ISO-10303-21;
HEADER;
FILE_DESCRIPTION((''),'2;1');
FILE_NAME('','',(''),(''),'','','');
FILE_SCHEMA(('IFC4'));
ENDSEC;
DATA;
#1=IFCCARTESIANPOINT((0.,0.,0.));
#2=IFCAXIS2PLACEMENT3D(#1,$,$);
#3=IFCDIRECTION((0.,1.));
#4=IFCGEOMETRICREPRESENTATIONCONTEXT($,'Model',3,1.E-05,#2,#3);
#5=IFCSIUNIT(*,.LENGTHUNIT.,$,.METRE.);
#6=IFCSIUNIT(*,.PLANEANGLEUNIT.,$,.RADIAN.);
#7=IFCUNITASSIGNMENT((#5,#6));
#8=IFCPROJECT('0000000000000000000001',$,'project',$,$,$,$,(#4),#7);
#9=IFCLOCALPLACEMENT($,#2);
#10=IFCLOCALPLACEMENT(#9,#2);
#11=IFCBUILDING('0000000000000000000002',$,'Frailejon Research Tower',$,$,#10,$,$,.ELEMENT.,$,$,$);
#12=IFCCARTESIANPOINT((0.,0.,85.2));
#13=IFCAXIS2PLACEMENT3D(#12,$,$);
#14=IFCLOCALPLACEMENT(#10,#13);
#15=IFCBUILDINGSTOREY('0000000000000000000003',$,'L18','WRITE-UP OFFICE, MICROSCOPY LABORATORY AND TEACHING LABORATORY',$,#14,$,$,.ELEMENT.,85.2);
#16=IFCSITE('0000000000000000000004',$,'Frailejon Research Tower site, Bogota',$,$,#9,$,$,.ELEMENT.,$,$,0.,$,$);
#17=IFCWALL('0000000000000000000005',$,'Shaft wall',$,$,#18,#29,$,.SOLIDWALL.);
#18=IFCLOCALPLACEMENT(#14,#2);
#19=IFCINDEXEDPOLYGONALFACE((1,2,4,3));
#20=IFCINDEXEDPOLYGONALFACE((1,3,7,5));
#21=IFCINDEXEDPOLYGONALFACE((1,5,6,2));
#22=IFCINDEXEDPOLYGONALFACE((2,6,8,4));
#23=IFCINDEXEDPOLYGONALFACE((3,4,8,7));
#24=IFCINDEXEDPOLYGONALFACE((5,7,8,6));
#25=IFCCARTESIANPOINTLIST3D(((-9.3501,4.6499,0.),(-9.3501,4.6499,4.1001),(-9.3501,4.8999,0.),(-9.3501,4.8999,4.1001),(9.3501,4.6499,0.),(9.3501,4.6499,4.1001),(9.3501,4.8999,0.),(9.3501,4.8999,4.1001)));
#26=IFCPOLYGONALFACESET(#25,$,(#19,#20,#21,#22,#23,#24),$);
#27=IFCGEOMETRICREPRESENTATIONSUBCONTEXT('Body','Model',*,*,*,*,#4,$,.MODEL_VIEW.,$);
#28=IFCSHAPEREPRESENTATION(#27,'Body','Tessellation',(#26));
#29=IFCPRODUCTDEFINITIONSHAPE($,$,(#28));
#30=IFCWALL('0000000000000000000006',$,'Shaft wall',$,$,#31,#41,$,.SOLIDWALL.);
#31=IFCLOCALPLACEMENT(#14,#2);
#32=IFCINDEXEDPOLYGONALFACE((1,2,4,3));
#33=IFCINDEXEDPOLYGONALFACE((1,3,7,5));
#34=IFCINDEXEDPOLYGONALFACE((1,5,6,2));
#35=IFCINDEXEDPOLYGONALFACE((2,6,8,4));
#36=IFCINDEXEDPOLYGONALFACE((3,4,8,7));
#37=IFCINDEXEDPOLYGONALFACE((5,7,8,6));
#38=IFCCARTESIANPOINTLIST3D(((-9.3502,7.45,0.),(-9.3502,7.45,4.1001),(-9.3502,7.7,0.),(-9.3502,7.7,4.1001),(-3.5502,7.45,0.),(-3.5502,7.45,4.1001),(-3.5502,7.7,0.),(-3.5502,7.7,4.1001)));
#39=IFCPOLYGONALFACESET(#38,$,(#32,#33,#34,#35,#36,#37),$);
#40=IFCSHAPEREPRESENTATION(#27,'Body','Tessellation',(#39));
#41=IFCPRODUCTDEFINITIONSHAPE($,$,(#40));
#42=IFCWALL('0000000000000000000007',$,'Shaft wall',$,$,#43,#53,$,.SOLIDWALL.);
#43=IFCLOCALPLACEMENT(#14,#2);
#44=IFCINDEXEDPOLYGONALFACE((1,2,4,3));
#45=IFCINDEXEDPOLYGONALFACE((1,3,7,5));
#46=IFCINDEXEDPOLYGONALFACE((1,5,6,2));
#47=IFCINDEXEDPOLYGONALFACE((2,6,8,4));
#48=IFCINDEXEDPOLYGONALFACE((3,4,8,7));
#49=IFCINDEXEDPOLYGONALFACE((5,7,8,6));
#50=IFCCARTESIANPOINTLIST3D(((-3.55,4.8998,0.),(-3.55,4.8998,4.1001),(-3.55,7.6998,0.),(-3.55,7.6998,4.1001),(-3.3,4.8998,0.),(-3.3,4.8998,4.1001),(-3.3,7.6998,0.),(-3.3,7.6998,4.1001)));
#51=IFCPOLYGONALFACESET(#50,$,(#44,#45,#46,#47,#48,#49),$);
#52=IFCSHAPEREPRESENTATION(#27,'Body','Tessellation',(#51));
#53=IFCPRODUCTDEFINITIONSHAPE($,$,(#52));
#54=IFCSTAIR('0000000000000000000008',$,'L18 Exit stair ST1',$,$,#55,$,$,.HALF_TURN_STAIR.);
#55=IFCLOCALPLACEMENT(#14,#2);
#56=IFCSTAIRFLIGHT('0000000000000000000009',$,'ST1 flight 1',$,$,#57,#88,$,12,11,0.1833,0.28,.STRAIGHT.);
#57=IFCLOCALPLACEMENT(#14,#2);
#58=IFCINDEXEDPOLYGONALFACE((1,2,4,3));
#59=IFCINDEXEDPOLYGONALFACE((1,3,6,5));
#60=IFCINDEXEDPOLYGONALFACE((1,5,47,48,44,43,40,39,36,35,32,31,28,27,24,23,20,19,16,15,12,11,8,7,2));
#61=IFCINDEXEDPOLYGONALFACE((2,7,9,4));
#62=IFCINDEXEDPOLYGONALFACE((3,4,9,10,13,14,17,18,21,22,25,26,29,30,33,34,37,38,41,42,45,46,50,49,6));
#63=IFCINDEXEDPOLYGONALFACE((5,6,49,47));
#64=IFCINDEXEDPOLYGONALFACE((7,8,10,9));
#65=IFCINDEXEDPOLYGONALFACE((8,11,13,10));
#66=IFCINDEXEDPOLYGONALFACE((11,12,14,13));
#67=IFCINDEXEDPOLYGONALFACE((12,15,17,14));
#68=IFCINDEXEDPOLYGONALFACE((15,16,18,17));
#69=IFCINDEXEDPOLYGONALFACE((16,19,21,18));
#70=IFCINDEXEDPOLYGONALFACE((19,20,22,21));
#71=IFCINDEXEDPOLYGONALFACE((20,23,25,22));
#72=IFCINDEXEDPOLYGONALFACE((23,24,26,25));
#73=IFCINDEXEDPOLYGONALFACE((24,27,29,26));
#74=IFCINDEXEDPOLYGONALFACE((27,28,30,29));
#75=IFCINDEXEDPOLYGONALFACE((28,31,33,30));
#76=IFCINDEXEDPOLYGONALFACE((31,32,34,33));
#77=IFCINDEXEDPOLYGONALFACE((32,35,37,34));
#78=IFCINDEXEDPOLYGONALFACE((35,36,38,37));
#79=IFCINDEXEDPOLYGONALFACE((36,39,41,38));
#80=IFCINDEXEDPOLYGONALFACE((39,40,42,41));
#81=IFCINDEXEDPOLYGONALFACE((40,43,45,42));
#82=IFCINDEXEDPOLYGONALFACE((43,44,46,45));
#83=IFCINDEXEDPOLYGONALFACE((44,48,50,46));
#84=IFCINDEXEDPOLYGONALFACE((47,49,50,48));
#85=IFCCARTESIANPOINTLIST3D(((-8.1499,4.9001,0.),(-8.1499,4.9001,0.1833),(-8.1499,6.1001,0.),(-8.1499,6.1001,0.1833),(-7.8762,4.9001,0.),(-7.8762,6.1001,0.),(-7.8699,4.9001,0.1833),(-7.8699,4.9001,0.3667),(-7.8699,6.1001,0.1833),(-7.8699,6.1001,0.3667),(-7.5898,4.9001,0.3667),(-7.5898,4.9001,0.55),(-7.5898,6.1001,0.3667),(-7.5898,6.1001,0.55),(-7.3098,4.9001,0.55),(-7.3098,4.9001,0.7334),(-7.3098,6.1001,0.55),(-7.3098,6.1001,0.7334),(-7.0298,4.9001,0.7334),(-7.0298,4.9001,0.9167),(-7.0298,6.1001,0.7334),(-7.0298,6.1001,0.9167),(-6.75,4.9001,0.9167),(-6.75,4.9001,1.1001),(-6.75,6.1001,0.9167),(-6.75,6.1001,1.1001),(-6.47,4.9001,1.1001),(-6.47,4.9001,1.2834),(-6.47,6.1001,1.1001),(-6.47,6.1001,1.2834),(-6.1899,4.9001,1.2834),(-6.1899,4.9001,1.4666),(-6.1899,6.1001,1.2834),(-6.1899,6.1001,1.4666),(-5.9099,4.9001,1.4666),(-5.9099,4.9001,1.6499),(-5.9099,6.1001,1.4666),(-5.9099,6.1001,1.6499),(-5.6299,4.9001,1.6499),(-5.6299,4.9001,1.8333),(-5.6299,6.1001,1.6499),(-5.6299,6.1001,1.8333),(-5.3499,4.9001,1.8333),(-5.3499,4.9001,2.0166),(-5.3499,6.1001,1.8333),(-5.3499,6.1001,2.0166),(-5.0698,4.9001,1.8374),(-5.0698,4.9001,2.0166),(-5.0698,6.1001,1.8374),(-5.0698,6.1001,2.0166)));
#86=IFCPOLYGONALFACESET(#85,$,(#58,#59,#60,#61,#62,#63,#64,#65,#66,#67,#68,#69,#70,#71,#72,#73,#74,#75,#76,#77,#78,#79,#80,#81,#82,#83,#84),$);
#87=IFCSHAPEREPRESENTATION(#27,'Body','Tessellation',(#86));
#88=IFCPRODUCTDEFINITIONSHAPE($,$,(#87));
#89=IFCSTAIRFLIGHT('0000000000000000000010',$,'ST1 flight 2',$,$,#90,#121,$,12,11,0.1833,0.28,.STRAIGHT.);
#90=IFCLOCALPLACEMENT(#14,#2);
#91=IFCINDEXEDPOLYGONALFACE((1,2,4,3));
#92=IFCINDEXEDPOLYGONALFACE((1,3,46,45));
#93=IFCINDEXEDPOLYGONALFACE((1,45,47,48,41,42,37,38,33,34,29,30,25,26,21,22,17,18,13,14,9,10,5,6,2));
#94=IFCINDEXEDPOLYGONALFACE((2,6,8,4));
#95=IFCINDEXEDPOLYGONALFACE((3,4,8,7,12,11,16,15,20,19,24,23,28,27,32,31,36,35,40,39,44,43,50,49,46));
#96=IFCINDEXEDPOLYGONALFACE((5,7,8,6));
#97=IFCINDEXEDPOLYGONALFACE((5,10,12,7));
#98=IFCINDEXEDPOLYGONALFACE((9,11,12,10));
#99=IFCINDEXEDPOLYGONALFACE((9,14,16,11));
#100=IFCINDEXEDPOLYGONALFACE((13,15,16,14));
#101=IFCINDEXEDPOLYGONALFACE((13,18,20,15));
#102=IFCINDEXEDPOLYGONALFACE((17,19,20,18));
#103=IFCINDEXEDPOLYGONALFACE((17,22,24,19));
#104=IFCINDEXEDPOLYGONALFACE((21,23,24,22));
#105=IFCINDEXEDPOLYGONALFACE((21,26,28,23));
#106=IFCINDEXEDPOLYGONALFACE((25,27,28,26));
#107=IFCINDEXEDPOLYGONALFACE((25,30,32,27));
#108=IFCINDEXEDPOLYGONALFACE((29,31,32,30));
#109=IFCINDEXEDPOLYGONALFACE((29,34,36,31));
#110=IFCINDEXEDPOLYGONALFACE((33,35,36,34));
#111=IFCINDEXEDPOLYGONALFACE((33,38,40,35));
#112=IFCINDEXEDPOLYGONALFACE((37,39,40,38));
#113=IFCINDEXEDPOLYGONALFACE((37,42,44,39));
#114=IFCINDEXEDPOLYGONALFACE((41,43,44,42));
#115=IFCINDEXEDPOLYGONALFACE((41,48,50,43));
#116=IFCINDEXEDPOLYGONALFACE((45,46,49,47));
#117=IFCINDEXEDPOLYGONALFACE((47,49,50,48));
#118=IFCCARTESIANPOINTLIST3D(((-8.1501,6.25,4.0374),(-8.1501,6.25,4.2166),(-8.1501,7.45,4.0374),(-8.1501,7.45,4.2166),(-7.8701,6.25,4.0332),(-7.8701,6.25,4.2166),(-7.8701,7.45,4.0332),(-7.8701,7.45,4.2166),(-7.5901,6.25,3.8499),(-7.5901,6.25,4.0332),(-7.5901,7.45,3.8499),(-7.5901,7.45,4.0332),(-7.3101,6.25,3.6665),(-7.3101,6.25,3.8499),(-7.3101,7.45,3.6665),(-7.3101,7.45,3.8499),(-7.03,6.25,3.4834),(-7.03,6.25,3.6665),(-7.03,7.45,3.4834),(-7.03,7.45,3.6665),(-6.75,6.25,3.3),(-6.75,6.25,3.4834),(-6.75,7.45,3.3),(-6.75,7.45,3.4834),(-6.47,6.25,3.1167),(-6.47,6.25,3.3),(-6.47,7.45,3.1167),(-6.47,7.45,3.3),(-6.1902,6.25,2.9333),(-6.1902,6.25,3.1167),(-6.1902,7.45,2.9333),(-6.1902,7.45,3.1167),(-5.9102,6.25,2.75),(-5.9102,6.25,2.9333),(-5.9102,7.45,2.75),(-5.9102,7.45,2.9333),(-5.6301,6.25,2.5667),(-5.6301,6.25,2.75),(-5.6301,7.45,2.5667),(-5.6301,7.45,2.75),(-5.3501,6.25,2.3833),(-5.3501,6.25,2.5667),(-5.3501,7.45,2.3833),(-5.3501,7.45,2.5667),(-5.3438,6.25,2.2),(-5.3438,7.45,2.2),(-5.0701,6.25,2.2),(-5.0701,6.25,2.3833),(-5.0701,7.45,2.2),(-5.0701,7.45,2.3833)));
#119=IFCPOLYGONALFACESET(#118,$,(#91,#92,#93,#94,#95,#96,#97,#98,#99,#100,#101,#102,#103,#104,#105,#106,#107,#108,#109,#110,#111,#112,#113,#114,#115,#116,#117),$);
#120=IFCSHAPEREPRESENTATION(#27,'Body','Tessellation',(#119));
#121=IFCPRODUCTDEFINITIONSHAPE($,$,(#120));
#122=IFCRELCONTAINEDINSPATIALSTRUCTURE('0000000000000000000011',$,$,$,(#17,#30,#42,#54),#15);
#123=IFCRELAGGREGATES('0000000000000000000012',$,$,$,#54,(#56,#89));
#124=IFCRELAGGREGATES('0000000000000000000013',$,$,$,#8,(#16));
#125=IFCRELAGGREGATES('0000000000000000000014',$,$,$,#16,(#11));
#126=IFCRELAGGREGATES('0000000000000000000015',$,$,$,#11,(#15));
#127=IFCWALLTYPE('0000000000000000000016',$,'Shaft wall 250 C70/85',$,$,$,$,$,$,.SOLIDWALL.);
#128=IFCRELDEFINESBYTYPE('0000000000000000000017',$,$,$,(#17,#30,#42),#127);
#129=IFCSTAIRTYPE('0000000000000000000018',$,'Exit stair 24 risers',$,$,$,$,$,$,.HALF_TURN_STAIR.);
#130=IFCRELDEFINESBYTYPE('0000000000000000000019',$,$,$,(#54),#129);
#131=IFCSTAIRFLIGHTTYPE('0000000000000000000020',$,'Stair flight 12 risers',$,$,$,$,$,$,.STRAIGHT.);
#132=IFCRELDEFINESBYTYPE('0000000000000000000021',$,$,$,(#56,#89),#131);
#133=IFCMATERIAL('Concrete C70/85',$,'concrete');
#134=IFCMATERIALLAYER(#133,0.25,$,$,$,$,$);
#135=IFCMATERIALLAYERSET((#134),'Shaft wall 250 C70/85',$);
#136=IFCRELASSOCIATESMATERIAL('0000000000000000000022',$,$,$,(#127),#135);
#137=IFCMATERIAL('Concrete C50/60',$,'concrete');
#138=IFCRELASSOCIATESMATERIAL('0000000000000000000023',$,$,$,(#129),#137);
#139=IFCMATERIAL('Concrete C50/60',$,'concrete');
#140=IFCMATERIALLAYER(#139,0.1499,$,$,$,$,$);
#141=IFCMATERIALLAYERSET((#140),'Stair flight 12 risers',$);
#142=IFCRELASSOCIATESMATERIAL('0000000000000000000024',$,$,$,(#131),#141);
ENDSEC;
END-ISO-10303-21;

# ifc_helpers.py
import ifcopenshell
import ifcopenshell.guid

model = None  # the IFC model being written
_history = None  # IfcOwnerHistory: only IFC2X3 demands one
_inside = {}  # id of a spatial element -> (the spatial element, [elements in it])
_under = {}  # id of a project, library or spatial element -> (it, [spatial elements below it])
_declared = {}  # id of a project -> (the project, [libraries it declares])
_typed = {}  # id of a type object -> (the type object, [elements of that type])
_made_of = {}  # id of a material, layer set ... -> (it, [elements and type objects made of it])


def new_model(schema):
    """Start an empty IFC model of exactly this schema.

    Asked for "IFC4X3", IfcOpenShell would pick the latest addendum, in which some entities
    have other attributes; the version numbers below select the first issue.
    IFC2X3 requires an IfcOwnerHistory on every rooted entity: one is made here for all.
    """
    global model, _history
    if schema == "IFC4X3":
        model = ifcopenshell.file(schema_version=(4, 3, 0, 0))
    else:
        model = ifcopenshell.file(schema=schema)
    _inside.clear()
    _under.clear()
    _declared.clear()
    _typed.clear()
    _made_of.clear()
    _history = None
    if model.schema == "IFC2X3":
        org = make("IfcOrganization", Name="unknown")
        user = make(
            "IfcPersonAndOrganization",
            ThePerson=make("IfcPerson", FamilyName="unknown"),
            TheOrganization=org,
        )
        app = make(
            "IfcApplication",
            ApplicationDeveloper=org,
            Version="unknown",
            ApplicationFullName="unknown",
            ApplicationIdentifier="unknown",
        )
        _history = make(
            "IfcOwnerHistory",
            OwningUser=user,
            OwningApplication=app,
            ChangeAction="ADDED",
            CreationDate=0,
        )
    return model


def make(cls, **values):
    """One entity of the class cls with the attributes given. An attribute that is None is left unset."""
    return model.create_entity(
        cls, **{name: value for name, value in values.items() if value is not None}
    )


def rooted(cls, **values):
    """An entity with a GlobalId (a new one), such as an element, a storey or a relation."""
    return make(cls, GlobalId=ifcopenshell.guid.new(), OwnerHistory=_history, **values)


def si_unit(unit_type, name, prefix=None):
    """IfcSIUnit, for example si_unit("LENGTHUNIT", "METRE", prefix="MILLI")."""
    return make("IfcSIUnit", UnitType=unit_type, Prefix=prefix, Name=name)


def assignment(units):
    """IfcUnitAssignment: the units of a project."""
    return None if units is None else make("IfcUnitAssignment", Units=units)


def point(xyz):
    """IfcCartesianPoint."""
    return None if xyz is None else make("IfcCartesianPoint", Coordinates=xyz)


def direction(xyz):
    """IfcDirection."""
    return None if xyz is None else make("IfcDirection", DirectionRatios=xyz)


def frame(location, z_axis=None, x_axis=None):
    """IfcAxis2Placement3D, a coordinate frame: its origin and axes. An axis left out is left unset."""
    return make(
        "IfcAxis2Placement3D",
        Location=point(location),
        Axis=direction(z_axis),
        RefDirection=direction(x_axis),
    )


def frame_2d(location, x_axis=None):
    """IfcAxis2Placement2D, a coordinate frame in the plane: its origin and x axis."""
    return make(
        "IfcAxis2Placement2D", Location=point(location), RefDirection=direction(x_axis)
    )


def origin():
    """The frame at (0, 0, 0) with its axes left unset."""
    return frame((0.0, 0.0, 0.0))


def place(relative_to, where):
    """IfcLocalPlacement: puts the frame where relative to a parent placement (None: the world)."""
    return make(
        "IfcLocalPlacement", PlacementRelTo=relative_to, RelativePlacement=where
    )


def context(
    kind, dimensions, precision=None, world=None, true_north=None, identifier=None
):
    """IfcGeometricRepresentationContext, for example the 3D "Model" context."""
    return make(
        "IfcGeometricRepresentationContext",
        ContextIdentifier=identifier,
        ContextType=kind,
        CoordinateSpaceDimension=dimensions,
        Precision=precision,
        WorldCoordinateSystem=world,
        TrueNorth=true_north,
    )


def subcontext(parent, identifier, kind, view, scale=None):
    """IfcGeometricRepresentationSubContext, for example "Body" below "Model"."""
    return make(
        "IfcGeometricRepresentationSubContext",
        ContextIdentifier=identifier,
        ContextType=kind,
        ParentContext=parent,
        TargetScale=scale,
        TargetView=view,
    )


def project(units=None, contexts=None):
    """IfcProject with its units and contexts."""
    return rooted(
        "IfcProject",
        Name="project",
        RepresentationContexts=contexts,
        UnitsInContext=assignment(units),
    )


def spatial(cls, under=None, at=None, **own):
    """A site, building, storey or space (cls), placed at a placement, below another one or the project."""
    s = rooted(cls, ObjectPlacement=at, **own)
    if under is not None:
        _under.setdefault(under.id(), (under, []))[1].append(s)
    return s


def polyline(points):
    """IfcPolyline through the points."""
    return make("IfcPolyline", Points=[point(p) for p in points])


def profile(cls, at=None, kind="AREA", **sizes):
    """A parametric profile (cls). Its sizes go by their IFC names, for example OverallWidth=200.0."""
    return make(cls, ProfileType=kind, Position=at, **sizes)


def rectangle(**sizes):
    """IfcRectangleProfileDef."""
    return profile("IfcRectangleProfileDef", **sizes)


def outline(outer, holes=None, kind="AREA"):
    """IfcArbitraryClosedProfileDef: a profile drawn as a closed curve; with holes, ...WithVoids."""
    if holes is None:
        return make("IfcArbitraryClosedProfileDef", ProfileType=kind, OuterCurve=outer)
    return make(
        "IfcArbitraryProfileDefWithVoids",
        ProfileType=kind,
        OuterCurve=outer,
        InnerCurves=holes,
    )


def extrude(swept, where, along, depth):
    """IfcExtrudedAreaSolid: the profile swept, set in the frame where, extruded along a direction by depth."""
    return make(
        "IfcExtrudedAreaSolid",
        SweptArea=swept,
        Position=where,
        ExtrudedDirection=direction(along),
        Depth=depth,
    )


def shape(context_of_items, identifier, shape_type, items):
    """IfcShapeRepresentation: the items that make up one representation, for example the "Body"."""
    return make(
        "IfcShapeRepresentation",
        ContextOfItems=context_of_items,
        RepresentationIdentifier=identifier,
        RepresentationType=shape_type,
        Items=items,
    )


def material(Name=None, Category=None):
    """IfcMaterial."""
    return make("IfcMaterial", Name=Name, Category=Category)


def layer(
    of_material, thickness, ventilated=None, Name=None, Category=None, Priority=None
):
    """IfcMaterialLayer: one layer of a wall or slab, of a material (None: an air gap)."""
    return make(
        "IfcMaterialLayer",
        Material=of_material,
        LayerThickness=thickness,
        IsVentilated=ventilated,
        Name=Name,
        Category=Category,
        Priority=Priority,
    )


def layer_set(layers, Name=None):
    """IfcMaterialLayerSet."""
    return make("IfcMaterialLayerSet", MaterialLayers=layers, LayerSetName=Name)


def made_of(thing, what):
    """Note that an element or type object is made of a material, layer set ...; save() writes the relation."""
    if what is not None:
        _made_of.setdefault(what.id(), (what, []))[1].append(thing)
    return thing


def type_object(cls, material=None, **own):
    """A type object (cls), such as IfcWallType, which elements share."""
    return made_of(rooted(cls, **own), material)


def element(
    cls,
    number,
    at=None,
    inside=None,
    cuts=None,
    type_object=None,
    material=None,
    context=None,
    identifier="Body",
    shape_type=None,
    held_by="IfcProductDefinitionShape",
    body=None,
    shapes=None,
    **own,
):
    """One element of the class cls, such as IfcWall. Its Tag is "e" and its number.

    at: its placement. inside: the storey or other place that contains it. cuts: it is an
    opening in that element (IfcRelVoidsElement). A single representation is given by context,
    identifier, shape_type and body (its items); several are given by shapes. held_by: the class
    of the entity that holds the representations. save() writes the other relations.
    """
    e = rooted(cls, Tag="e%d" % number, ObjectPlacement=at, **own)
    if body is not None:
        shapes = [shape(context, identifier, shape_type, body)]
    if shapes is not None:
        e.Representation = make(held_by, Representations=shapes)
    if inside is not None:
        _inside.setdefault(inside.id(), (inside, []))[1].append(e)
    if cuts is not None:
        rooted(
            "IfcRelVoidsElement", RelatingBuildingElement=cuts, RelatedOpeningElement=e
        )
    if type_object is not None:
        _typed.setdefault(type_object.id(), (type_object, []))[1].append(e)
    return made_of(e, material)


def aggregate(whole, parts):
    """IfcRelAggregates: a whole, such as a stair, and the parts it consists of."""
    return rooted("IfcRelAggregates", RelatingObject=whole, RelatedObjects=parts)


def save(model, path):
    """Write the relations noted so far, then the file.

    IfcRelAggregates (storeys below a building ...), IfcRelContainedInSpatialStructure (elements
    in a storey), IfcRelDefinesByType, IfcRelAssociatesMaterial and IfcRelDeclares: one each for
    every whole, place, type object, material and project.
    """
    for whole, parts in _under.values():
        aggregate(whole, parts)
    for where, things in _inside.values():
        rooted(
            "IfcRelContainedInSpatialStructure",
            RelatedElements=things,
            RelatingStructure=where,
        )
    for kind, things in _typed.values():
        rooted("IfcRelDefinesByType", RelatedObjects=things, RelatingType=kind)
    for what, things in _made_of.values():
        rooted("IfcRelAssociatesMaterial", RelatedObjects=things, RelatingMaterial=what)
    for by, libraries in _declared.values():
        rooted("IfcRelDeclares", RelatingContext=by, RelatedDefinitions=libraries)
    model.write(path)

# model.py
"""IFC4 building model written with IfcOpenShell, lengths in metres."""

from ifc_helpers import new_model, si_unit, direction, frame, frame_2d, origin, place, context, subcontext, project, spatial, polyline, rectangle, outline, extrude, material, layer, layer_set, type_object, element, aggregate, save


model = new_model("IFC4")

# Units and contexts
model_context = context("Model", 3, precision=1e-05, world=origin(), true_north=direction((0.0, 1.0)))
body_context = subcontext(model_context, "Body", "Model", "MODEL_VIEW")
ifc_project = project(units=[si_unit("LENGTHUNIT", "METRE"), si_unit("PLANEANGLEUNIT", "RADIAN")], contexts=[model_context])

# Site, building, storey
site_placement = place(None, origin())
site = spatial("IfcSite", under=ifc_project, at=site_placement, Name="Frailejon Research Tower site, Bogota", CompositionType="ELEMENT", RefElevation=0.0)
building_placement = place(site_placement, origin())
building = spatial("IfcBuilding", under=site, at=building_placement, Name="Frailejon Research Tower", CompositionType="ELEMENT")
storey_placement = place(building_placement, frame((0.0, 0.0, 85.2)))
storey = spatial("IfcBuildingStorey", under=building, at=storey_placement, Name="L18", Description="WRITE-UP OFFICE, MICROSCOPY LABORATORY AND TEACHING LABORATORY", CompositionType="ELEMENT", Elevation=85.2)

# Shared definitions
ifc_material_1 = material(Name="Concrete C70/85", Category="concrete")
ifc_layer_1 = layer(ifc_material_1, 0.25)
ifc_layer_set_1 = layer_set([ifc_layer_1], Name="Shaft wall 250 C70/85")
wall_type_1 = type_object("IfcWallType", Name="Shaft wall 250 C70/85", PredefinedType="SOLIDWALL", material=ifc_layer_set_1)

# Walls
wall_1_placement = place(storey_placement, frame((-9.3501, 4.7749, 0.0), z_axis=(0.0, 0.0, 1.0), x_axis=(1.0, 0.0, 0.0)))
element("IfcWall", 1, at=wall_1_placement, inside=storey, type_object=wall_type_1, Name="Shaft wall", PredefinedType="SOLIDWALL", context=body_context, shape_type="SweptSolid", body=[
    extrude(rectangle(XDim=18.7002, YDim=0.25, at=frame_2d((9.3501, 0.0))), origin(), (0.0, 0.0, 1.0), 4.1001),
])
wall_2_placement = place(storey_placement, frame((-9.3501, 7.575, 0.0), z_axis=(0.0, 0.0, 1.0), x_axis=(1.0, 0.0, 0.0)))
element("IfcWall", 2, at=wall_2_placement, inside=storey, type_object=wall_type_1, Name="Shaft wall", PredefinedType="SOLIDWALL", context=body_context, shape_type="SweptSolid", body=[
    extrude(rectangle(XDim=5.8, YDim=0.25, at=frame_2d((2.8999, 0.0))), origin(), (0.0, 0.0, 1.0), 4.1001),
])
wall_3_placement = place(storey_placement, frame((-3.425, 4.8999, 0.0), z_axis=(0.0, 0.0, 1.0), x_axis=(0.0, 1.0, 0.0)))
element("IfcWall", 3, at=wall_3_placement, inside=storey, type_object=wall_type_1, Name="Shaft wall", PredefinedType="SOLIDWALL", context=body_context, shape_type="SweptSolid", body=[
    extrude(rectangle(XDim=2.8, YDim=0.25, at=frame_2d((1.3999, 0.0))), origin(), (0.0, 0.0, 1.0), 4.1001),
])

# Stair, stair flights
ifc_material_2 = material(Name="Concrete C50/60", Category="concrete")
stair_type = type_object("IfcStairType", Name="Exit stair 24 risers", PredefinedType="HALF_TURN_STAIR", material=ifc_material_2)
stair_placement = place(storey_placement, origin())
stair = element("IfcStair", 4, at=stair_placement, inside=storey, type_object=stair_type, Name="L18 Exit stair ST1", PredefinedType="HALF_TURN_STAIR")
ifc_material_3 = material(Name="Concrete C50/60", Category="concrete")
ifc_layer_2 = layer(ifc_material_3, 0.1499)
ifc_layer_set_2 = layer_set([ifc_layer_2], Name="Stair flight 12 risers")
stair_flight_type = type_object("IfcStairFlightType", Name="Stair flight 12 risers", PredefinedType="STRAIGHT", material=ifc_layer_set_2)
stair_flight_1_placement = place(storey_placement, frame((-8.1499, 5.5, 0.0), z_axis=(0.0, 0.0, 1.0), x_axis=(1.0, 0.0, 0.0)))
stair_flight_1 = element("IfcStairFlight", 5, at=stair_flight_1_placement, type_object=stair_flight_type, Name="ST1 flight 1", NumberOfRisers=12, NumberOfTreads=11, PredefinedType="STRAIGHT", RiserHeight=0.1833, TreadLength=0.28, context=body_context, shape_type="SweptSolid", body=[
    extrude(outline(polyline([(0.0, 0.0), (0.0, 0.1833), (0.28, 0.1833), (0.28, 0.3667), (0.5601, 0.3667), (0.5601, 0.55), (0.8401, 0.55), (0.8401, 0.7334), (1.1201, 0.7334), (1.1201, 0.9167), (1.3999, 0.9167), (1.3999, 1.1001), (1.6799, 1.1001), (1.6799, 1.2834), (1.96, 1.2834), (1.96, 1.4666), (2.24, 1.4666), (2.24, 1.6499), (2.52, 1.6499), (2.52, 1.8333), (2.8, 1.8333), (2.8, 2.0166), (3.0801, 2.0166), (3.0801, 2.2), (3.0801, 1.8374), (0.2737, 0.0), (0.0, 0.0)])), frame((0.0, 0.6001, 0.0), z_axis=(0.0, -1.0, 0.0), x_axis=(1.0, 0.0, 0.0)), (0.0, 0.0, 1.0), 1.2),
])
stair_flight_2_placement = place(storey_placement, frame((-5.0701, 6.8501, 2.2), z_axis=(0.0, 0.0, 1.0), x_axis=(-1.0, 0.0, 0.0)))
stair_flight_2 = element("IfcStairFlight", 6, at=stair_flight_2_placement, type_object=stair_flight_type, Name="ST1 flight 2", NumberOfRisers=12, NumberOfTreads=11, PredefinedType="STRAIGHT", RiserHeight=0.1833, TreadLength=0.28, context=body_context, shape_type="SweptSolid", body=[
    extrude(outline(polyline([(0.0, 0.0), (0.0, 0.1833), (0.28, 0.1833), (0.28, 0.3667), (0.5601, 0.3667), (0.5601, 0.55), (0.8401, 0.55), (0.8401, 0.7334), (1.1201, 0.7334), (1.1201, 0.9167), (1.3999, 0.9167), (1.3999, 1.1001), (1.6799, 1.1001), (1.6799, 1.2834), (1.96, 1.2834), (1.96, 1.4666), (2.24, 1.4666), (2.24, 1.6499), (2.52, 1.6499), (2.52, 1.8333), (2.8, 1.8333), (2.8, 2.0166), (3.0801, 2.0166), (3.0801, 2.2), (3.0801, 1.8374), (0.2737, 0.0), (0.0, 0.0)])), frame((0.0, 0.6001, 0.0), z_axis=(0.0, -1.0, 0.0), x_axis=(1.0, 0.0, 0.0)), (0.0, 0.0, 1.0), 1.2),
])
aggregate(stair, [stair_flight_1, stair_flight_2])

save(model, "model.ifc")
